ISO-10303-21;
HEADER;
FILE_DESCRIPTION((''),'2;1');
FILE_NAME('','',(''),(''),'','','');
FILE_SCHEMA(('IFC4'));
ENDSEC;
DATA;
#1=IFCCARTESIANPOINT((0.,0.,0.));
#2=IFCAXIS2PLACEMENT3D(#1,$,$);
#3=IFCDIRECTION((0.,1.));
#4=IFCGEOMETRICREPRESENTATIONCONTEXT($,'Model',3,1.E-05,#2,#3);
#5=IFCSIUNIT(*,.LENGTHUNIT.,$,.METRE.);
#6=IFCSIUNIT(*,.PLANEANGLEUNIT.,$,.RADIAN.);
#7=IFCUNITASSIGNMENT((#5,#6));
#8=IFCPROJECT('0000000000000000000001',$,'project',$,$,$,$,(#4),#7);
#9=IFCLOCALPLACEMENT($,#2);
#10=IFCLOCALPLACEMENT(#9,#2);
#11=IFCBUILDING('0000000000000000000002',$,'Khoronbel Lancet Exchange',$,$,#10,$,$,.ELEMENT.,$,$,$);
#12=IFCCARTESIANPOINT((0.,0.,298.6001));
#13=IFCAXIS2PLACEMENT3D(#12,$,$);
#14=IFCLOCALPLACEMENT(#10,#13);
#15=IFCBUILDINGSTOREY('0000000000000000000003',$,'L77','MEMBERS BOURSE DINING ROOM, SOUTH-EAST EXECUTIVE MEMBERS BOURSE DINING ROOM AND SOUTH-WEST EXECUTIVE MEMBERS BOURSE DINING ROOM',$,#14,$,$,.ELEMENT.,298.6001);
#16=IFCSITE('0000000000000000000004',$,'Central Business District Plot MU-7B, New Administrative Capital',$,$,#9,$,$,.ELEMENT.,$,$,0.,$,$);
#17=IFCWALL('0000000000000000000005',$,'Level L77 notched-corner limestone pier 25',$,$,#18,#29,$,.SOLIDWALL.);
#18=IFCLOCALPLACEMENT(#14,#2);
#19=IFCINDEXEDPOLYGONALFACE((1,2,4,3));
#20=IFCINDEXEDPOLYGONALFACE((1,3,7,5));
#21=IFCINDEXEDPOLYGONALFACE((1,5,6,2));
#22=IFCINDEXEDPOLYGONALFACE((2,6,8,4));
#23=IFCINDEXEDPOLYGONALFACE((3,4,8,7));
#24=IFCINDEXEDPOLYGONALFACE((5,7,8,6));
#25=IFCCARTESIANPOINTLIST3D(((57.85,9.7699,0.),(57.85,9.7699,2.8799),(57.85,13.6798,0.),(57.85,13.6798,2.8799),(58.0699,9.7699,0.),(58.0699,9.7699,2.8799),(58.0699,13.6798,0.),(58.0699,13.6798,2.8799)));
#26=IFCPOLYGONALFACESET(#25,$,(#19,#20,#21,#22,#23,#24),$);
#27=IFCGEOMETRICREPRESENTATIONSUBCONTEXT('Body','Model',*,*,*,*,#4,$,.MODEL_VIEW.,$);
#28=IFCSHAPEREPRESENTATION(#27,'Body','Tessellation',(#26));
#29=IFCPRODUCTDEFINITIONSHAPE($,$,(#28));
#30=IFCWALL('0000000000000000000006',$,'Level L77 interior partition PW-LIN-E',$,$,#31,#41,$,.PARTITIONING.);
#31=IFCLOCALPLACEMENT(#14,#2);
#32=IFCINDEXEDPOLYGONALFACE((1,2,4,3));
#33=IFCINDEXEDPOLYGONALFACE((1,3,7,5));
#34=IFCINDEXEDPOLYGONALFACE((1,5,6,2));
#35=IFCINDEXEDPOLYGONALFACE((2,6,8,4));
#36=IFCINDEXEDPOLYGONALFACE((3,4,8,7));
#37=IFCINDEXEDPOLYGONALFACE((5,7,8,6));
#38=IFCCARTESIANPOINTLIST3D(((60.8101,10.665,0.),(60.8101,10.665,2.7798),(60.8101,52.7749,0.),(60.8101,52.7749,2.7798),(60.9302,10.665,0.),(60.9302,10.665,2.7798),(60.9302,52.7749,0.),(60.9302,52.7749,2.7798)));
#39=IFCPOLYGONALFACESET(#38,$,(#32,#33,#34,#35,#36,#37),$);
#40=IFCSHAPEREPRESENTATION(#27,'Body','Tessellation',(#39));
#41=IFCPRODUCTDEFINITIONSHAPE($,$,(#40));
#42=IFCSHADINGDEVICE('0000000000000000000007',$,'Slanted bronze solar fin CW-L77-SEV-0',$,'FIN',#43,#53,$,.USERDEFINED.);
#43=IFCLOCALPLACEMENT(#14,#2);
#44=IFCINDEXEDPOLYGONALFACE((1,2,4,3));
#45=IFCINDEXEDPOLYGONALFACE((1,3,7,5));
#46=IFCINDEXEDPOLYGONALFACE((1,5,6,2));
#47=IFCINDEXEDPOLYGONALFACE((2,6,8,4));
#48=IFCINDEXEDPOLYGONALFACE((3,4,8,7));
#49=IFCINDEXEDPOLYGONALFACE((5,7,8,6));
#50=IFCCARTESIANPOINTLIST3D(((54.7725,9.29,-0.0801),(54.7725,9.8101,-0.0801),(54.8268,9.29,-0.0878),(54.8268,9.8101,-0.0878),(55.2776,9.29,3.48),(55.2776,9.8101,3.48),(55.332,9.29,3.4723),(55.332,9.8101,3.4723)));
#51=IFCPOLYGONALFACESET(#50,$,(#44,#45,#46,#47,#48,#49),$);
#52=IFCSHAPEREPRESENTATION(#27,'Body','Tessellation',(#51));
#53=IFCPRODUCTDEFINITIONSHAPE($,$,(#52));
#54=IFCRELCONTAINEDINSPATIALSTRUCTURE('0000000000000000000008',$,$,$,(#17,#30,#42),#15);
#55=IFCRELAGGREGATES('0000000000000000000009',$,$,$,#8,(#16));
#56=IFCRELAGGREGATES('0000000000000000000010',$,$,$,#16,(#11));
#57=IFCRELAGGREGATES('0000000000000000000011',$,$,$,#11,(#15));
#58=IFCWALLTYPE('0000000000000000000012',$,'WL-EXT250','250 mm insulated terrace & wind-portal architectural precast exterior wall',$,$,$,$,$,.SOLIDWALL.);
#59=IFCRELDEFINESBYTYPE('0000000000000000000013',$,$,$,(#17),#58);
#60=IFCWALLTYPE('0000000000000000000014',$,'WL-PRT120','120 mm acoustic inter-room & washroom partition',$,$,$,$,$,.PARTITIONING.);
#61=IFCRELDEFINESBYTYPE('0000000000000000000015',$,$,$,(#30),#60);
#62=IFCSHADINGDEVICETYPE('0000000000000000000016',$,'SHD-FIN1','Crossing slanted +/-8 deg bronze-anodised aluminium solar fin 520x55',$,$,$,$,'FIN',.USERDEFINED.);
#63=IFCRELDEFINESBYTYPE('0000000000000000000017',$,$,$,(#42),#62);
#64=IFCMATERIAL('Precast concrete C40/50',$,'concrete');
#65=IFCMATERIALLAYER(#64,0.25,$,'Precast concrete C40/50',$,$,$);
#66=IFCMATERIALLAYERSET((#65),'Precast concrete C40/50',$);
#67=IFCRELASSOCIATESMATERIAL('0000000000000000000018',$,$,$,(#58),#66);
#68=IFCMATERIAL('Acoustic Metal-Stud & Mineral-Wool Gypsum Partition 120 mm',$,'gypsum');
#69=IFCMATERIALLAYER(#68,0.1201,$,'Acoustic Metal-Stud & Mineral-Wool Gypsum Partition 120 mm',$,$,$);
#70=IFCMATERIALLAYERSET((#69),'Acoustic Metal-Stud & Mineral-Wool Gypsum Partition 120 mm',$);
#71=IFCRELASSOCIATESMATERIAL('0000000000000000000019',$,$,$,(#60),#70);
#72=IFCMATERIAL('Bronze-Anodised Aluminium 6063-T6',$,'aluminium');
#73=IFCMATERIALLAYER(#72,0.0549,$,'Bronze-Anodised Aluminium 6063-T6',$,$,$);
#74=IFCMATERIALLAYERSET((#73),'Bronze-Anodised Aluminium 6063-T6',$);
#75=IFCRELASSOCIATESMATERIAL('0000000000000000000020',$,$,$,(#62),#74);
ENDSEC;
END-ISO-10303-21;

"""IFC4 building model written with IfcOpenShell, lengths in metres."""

from ifc_helpers import new_model, si_unit, direction, frame, frame_2d, origin, place, context, subcontext, project, spatial, polyline, rectangle, outline, extrude, material, layer, layer_set, type_object, element, save


model = new_model("IFC4")

# Units and contexts
model_context = context("Model", 3, precision=1e-05, world=origin(), true_north=direction((0.0, 1.0)))
body_context = subcontext(model_context, "Body", "Model", "MODEL_VIEW")
ifc_project = project(units=[si_unit("LENGTHUNIT", "METRE"), si_unit("PLANEANGLEUNIT", "RADIAN")], contexts=[model_context])

# Site, building, storey
site_placement = place(None, origin())
site = spatial("IfcSite", under=ifc_project, at=site_placement, Name="Central Business District Plot MU-7B, New Administrative Capital", CompositionType="ELEMENT", RefElevation=0.0)
building_placement = place(site_placement, origin())
building = spatial("IfcBuilding", under=site, at=building_placement, Name="Khoronbel Lancet Exchange", CompositionType="ELEMENT")
storey_placement = place(building_placement, frame((0.0, 0.0, 298.6001)))
storey = spatial("IfcBuildingStorey", under=building, at=storey_placement, Name="L77", Description="MEMBERS BOURSE DINING ROOM, SOUTH-EAST EXECUTIVE MEMBERS BOURSE DINING ROOM AND SOUTH-WEST EXECUTIVE MEMBERS BOURSE DINING ROOM", CompositionType="ELEMENT", Elevation=298.6001)

# Shared definitions
ifc_material_1 = material(Name="Bronze-Anodised Aluminium 6063-T6", Category="aluminium")

# Walls
ifc_material_2 = material(Name="Precast concrete C40/50", Category="concrete")
ifc_layer_1 = layer(ifc_material_2, 0.25, Name="Precast concrete C40/50")
ifc_layer_set_1 = layer_set([ifc_layer_1], Name="Precast concrete C40/50")
wall_type_1 = type_object("IfcWallType", Name="WL-EXT250", Description="250 mm insulated terrace & wind-portal architectural precast exterior wall", PredefinedType="SOLIDWALL", material=ifc_layer_set_1)
wall_1_placement = place(storey_placement, frame((57.96, 13.6799, 0.0), z_axis=(0.0, 0.0, 1.0), x_axis=(0.0, -1.0, 0.0)))
element("IfcWall", 1, at=wall_1_placement, inside=storey, type_object=wall_type_1, Name="Level L77 notched-corner limestone pier 25", PredefinedType="SOLIDWALL", context=body_context, shape_type="SweptSolid", body=[
    extrude(rectangle(XDim=3.9099, YDim=0.22, at=frame_2d((1.9551, 0.0))), origin(), (0.0, 0.0, 1.0), 2.8799),
])
ifc_material_3 = material(Name="Acoustic Metal-Stud & Mineral-Wool Gypsum Partition 120 mm", Category="gypsum")
ifc_layer_2 = layer(ifc_material_3, 0.1201, Name="Acoustic Metal-Stud & Mineral-Wool Gypsum Partition 120 mm")
ifc_layer_set_2 = layer_set([ifc_layer_2], Name="Acoustic Metal-Stud & Mineral-Wool Gypsum Partition 120 mm")
wall_type_2 = type_object("IfcWallType", Name="WL-PRT120", Description="120 mm acoustic inter-room & washroom partition", PredefinedType="PARTITIONING", material=ifc_layer_set_2)
wall_2_placement = place(storey_placement, frame((60.8701, 10.665, 0.0), z_axis=(0.0, 0.0, 1.0), x_axis=(0.0, 1.0, 0.0)))
element("IfcWall", 2, at=wall_2_placement, inside=storey, type_object=wall_type_2, Name="Level L77 interior partition PW-LIN-E", PredefinedType="PARTITIONING", context=body_context, shape_type="SweptSolid", body=[
    extrude(rectangle(XDim=42.1099, YDim=0.1201, at=frame_2d((21.0549, 0.0))), origin(), (0.0, 0.0, 1.0), 2.7798),
])

# Shading device
ifc_layer_3 = layer(ifc_material_1, 0.0549, Name="Bronze-Anodised Aluminium 6063-T6")
ifc_layer_set_3 = layer_set([ifc_layer_3], Name="Bronze-Anodised Aluminium 6063-T6")
shading_device_type = type_object("IfcShadingDeviceType", Name="SHD-FIN1", Description="Crossing slanted +/-8 deg bronze-anodised aluminium solar fin 520x55", ElementType="FIN", PredefinedType="USERDEFINED", material=ifc_layer_set_3)
shading_device_placement = place(storey_placement, frame((54.7725, 9.8101, -0.0801), z_axis=(-0.990083, 0.0, 0.14048), x_axis=(0.0, -1.0, 0.0)))
element("IfcShadingDevice", 3, at=shading_device_placement, inside=storey, type_object=shading_device_type, Name="Slanted bronze solar fin CW-L77-SEV-0", ObjectType="FIN", PredefinedType="USERDEFINED", context=body_context, shape_type="SweptSolid", body=[
    extrude(outline(polyline([(0.0, 0.0), (0.52, 0.0), (0.52, 3.5957), (0.0, 3.5957), (0.0, 0.0)])), origin(), (0.0, 0.0, -1.0), 0.0549),
])

save(model, "model.ifc")
